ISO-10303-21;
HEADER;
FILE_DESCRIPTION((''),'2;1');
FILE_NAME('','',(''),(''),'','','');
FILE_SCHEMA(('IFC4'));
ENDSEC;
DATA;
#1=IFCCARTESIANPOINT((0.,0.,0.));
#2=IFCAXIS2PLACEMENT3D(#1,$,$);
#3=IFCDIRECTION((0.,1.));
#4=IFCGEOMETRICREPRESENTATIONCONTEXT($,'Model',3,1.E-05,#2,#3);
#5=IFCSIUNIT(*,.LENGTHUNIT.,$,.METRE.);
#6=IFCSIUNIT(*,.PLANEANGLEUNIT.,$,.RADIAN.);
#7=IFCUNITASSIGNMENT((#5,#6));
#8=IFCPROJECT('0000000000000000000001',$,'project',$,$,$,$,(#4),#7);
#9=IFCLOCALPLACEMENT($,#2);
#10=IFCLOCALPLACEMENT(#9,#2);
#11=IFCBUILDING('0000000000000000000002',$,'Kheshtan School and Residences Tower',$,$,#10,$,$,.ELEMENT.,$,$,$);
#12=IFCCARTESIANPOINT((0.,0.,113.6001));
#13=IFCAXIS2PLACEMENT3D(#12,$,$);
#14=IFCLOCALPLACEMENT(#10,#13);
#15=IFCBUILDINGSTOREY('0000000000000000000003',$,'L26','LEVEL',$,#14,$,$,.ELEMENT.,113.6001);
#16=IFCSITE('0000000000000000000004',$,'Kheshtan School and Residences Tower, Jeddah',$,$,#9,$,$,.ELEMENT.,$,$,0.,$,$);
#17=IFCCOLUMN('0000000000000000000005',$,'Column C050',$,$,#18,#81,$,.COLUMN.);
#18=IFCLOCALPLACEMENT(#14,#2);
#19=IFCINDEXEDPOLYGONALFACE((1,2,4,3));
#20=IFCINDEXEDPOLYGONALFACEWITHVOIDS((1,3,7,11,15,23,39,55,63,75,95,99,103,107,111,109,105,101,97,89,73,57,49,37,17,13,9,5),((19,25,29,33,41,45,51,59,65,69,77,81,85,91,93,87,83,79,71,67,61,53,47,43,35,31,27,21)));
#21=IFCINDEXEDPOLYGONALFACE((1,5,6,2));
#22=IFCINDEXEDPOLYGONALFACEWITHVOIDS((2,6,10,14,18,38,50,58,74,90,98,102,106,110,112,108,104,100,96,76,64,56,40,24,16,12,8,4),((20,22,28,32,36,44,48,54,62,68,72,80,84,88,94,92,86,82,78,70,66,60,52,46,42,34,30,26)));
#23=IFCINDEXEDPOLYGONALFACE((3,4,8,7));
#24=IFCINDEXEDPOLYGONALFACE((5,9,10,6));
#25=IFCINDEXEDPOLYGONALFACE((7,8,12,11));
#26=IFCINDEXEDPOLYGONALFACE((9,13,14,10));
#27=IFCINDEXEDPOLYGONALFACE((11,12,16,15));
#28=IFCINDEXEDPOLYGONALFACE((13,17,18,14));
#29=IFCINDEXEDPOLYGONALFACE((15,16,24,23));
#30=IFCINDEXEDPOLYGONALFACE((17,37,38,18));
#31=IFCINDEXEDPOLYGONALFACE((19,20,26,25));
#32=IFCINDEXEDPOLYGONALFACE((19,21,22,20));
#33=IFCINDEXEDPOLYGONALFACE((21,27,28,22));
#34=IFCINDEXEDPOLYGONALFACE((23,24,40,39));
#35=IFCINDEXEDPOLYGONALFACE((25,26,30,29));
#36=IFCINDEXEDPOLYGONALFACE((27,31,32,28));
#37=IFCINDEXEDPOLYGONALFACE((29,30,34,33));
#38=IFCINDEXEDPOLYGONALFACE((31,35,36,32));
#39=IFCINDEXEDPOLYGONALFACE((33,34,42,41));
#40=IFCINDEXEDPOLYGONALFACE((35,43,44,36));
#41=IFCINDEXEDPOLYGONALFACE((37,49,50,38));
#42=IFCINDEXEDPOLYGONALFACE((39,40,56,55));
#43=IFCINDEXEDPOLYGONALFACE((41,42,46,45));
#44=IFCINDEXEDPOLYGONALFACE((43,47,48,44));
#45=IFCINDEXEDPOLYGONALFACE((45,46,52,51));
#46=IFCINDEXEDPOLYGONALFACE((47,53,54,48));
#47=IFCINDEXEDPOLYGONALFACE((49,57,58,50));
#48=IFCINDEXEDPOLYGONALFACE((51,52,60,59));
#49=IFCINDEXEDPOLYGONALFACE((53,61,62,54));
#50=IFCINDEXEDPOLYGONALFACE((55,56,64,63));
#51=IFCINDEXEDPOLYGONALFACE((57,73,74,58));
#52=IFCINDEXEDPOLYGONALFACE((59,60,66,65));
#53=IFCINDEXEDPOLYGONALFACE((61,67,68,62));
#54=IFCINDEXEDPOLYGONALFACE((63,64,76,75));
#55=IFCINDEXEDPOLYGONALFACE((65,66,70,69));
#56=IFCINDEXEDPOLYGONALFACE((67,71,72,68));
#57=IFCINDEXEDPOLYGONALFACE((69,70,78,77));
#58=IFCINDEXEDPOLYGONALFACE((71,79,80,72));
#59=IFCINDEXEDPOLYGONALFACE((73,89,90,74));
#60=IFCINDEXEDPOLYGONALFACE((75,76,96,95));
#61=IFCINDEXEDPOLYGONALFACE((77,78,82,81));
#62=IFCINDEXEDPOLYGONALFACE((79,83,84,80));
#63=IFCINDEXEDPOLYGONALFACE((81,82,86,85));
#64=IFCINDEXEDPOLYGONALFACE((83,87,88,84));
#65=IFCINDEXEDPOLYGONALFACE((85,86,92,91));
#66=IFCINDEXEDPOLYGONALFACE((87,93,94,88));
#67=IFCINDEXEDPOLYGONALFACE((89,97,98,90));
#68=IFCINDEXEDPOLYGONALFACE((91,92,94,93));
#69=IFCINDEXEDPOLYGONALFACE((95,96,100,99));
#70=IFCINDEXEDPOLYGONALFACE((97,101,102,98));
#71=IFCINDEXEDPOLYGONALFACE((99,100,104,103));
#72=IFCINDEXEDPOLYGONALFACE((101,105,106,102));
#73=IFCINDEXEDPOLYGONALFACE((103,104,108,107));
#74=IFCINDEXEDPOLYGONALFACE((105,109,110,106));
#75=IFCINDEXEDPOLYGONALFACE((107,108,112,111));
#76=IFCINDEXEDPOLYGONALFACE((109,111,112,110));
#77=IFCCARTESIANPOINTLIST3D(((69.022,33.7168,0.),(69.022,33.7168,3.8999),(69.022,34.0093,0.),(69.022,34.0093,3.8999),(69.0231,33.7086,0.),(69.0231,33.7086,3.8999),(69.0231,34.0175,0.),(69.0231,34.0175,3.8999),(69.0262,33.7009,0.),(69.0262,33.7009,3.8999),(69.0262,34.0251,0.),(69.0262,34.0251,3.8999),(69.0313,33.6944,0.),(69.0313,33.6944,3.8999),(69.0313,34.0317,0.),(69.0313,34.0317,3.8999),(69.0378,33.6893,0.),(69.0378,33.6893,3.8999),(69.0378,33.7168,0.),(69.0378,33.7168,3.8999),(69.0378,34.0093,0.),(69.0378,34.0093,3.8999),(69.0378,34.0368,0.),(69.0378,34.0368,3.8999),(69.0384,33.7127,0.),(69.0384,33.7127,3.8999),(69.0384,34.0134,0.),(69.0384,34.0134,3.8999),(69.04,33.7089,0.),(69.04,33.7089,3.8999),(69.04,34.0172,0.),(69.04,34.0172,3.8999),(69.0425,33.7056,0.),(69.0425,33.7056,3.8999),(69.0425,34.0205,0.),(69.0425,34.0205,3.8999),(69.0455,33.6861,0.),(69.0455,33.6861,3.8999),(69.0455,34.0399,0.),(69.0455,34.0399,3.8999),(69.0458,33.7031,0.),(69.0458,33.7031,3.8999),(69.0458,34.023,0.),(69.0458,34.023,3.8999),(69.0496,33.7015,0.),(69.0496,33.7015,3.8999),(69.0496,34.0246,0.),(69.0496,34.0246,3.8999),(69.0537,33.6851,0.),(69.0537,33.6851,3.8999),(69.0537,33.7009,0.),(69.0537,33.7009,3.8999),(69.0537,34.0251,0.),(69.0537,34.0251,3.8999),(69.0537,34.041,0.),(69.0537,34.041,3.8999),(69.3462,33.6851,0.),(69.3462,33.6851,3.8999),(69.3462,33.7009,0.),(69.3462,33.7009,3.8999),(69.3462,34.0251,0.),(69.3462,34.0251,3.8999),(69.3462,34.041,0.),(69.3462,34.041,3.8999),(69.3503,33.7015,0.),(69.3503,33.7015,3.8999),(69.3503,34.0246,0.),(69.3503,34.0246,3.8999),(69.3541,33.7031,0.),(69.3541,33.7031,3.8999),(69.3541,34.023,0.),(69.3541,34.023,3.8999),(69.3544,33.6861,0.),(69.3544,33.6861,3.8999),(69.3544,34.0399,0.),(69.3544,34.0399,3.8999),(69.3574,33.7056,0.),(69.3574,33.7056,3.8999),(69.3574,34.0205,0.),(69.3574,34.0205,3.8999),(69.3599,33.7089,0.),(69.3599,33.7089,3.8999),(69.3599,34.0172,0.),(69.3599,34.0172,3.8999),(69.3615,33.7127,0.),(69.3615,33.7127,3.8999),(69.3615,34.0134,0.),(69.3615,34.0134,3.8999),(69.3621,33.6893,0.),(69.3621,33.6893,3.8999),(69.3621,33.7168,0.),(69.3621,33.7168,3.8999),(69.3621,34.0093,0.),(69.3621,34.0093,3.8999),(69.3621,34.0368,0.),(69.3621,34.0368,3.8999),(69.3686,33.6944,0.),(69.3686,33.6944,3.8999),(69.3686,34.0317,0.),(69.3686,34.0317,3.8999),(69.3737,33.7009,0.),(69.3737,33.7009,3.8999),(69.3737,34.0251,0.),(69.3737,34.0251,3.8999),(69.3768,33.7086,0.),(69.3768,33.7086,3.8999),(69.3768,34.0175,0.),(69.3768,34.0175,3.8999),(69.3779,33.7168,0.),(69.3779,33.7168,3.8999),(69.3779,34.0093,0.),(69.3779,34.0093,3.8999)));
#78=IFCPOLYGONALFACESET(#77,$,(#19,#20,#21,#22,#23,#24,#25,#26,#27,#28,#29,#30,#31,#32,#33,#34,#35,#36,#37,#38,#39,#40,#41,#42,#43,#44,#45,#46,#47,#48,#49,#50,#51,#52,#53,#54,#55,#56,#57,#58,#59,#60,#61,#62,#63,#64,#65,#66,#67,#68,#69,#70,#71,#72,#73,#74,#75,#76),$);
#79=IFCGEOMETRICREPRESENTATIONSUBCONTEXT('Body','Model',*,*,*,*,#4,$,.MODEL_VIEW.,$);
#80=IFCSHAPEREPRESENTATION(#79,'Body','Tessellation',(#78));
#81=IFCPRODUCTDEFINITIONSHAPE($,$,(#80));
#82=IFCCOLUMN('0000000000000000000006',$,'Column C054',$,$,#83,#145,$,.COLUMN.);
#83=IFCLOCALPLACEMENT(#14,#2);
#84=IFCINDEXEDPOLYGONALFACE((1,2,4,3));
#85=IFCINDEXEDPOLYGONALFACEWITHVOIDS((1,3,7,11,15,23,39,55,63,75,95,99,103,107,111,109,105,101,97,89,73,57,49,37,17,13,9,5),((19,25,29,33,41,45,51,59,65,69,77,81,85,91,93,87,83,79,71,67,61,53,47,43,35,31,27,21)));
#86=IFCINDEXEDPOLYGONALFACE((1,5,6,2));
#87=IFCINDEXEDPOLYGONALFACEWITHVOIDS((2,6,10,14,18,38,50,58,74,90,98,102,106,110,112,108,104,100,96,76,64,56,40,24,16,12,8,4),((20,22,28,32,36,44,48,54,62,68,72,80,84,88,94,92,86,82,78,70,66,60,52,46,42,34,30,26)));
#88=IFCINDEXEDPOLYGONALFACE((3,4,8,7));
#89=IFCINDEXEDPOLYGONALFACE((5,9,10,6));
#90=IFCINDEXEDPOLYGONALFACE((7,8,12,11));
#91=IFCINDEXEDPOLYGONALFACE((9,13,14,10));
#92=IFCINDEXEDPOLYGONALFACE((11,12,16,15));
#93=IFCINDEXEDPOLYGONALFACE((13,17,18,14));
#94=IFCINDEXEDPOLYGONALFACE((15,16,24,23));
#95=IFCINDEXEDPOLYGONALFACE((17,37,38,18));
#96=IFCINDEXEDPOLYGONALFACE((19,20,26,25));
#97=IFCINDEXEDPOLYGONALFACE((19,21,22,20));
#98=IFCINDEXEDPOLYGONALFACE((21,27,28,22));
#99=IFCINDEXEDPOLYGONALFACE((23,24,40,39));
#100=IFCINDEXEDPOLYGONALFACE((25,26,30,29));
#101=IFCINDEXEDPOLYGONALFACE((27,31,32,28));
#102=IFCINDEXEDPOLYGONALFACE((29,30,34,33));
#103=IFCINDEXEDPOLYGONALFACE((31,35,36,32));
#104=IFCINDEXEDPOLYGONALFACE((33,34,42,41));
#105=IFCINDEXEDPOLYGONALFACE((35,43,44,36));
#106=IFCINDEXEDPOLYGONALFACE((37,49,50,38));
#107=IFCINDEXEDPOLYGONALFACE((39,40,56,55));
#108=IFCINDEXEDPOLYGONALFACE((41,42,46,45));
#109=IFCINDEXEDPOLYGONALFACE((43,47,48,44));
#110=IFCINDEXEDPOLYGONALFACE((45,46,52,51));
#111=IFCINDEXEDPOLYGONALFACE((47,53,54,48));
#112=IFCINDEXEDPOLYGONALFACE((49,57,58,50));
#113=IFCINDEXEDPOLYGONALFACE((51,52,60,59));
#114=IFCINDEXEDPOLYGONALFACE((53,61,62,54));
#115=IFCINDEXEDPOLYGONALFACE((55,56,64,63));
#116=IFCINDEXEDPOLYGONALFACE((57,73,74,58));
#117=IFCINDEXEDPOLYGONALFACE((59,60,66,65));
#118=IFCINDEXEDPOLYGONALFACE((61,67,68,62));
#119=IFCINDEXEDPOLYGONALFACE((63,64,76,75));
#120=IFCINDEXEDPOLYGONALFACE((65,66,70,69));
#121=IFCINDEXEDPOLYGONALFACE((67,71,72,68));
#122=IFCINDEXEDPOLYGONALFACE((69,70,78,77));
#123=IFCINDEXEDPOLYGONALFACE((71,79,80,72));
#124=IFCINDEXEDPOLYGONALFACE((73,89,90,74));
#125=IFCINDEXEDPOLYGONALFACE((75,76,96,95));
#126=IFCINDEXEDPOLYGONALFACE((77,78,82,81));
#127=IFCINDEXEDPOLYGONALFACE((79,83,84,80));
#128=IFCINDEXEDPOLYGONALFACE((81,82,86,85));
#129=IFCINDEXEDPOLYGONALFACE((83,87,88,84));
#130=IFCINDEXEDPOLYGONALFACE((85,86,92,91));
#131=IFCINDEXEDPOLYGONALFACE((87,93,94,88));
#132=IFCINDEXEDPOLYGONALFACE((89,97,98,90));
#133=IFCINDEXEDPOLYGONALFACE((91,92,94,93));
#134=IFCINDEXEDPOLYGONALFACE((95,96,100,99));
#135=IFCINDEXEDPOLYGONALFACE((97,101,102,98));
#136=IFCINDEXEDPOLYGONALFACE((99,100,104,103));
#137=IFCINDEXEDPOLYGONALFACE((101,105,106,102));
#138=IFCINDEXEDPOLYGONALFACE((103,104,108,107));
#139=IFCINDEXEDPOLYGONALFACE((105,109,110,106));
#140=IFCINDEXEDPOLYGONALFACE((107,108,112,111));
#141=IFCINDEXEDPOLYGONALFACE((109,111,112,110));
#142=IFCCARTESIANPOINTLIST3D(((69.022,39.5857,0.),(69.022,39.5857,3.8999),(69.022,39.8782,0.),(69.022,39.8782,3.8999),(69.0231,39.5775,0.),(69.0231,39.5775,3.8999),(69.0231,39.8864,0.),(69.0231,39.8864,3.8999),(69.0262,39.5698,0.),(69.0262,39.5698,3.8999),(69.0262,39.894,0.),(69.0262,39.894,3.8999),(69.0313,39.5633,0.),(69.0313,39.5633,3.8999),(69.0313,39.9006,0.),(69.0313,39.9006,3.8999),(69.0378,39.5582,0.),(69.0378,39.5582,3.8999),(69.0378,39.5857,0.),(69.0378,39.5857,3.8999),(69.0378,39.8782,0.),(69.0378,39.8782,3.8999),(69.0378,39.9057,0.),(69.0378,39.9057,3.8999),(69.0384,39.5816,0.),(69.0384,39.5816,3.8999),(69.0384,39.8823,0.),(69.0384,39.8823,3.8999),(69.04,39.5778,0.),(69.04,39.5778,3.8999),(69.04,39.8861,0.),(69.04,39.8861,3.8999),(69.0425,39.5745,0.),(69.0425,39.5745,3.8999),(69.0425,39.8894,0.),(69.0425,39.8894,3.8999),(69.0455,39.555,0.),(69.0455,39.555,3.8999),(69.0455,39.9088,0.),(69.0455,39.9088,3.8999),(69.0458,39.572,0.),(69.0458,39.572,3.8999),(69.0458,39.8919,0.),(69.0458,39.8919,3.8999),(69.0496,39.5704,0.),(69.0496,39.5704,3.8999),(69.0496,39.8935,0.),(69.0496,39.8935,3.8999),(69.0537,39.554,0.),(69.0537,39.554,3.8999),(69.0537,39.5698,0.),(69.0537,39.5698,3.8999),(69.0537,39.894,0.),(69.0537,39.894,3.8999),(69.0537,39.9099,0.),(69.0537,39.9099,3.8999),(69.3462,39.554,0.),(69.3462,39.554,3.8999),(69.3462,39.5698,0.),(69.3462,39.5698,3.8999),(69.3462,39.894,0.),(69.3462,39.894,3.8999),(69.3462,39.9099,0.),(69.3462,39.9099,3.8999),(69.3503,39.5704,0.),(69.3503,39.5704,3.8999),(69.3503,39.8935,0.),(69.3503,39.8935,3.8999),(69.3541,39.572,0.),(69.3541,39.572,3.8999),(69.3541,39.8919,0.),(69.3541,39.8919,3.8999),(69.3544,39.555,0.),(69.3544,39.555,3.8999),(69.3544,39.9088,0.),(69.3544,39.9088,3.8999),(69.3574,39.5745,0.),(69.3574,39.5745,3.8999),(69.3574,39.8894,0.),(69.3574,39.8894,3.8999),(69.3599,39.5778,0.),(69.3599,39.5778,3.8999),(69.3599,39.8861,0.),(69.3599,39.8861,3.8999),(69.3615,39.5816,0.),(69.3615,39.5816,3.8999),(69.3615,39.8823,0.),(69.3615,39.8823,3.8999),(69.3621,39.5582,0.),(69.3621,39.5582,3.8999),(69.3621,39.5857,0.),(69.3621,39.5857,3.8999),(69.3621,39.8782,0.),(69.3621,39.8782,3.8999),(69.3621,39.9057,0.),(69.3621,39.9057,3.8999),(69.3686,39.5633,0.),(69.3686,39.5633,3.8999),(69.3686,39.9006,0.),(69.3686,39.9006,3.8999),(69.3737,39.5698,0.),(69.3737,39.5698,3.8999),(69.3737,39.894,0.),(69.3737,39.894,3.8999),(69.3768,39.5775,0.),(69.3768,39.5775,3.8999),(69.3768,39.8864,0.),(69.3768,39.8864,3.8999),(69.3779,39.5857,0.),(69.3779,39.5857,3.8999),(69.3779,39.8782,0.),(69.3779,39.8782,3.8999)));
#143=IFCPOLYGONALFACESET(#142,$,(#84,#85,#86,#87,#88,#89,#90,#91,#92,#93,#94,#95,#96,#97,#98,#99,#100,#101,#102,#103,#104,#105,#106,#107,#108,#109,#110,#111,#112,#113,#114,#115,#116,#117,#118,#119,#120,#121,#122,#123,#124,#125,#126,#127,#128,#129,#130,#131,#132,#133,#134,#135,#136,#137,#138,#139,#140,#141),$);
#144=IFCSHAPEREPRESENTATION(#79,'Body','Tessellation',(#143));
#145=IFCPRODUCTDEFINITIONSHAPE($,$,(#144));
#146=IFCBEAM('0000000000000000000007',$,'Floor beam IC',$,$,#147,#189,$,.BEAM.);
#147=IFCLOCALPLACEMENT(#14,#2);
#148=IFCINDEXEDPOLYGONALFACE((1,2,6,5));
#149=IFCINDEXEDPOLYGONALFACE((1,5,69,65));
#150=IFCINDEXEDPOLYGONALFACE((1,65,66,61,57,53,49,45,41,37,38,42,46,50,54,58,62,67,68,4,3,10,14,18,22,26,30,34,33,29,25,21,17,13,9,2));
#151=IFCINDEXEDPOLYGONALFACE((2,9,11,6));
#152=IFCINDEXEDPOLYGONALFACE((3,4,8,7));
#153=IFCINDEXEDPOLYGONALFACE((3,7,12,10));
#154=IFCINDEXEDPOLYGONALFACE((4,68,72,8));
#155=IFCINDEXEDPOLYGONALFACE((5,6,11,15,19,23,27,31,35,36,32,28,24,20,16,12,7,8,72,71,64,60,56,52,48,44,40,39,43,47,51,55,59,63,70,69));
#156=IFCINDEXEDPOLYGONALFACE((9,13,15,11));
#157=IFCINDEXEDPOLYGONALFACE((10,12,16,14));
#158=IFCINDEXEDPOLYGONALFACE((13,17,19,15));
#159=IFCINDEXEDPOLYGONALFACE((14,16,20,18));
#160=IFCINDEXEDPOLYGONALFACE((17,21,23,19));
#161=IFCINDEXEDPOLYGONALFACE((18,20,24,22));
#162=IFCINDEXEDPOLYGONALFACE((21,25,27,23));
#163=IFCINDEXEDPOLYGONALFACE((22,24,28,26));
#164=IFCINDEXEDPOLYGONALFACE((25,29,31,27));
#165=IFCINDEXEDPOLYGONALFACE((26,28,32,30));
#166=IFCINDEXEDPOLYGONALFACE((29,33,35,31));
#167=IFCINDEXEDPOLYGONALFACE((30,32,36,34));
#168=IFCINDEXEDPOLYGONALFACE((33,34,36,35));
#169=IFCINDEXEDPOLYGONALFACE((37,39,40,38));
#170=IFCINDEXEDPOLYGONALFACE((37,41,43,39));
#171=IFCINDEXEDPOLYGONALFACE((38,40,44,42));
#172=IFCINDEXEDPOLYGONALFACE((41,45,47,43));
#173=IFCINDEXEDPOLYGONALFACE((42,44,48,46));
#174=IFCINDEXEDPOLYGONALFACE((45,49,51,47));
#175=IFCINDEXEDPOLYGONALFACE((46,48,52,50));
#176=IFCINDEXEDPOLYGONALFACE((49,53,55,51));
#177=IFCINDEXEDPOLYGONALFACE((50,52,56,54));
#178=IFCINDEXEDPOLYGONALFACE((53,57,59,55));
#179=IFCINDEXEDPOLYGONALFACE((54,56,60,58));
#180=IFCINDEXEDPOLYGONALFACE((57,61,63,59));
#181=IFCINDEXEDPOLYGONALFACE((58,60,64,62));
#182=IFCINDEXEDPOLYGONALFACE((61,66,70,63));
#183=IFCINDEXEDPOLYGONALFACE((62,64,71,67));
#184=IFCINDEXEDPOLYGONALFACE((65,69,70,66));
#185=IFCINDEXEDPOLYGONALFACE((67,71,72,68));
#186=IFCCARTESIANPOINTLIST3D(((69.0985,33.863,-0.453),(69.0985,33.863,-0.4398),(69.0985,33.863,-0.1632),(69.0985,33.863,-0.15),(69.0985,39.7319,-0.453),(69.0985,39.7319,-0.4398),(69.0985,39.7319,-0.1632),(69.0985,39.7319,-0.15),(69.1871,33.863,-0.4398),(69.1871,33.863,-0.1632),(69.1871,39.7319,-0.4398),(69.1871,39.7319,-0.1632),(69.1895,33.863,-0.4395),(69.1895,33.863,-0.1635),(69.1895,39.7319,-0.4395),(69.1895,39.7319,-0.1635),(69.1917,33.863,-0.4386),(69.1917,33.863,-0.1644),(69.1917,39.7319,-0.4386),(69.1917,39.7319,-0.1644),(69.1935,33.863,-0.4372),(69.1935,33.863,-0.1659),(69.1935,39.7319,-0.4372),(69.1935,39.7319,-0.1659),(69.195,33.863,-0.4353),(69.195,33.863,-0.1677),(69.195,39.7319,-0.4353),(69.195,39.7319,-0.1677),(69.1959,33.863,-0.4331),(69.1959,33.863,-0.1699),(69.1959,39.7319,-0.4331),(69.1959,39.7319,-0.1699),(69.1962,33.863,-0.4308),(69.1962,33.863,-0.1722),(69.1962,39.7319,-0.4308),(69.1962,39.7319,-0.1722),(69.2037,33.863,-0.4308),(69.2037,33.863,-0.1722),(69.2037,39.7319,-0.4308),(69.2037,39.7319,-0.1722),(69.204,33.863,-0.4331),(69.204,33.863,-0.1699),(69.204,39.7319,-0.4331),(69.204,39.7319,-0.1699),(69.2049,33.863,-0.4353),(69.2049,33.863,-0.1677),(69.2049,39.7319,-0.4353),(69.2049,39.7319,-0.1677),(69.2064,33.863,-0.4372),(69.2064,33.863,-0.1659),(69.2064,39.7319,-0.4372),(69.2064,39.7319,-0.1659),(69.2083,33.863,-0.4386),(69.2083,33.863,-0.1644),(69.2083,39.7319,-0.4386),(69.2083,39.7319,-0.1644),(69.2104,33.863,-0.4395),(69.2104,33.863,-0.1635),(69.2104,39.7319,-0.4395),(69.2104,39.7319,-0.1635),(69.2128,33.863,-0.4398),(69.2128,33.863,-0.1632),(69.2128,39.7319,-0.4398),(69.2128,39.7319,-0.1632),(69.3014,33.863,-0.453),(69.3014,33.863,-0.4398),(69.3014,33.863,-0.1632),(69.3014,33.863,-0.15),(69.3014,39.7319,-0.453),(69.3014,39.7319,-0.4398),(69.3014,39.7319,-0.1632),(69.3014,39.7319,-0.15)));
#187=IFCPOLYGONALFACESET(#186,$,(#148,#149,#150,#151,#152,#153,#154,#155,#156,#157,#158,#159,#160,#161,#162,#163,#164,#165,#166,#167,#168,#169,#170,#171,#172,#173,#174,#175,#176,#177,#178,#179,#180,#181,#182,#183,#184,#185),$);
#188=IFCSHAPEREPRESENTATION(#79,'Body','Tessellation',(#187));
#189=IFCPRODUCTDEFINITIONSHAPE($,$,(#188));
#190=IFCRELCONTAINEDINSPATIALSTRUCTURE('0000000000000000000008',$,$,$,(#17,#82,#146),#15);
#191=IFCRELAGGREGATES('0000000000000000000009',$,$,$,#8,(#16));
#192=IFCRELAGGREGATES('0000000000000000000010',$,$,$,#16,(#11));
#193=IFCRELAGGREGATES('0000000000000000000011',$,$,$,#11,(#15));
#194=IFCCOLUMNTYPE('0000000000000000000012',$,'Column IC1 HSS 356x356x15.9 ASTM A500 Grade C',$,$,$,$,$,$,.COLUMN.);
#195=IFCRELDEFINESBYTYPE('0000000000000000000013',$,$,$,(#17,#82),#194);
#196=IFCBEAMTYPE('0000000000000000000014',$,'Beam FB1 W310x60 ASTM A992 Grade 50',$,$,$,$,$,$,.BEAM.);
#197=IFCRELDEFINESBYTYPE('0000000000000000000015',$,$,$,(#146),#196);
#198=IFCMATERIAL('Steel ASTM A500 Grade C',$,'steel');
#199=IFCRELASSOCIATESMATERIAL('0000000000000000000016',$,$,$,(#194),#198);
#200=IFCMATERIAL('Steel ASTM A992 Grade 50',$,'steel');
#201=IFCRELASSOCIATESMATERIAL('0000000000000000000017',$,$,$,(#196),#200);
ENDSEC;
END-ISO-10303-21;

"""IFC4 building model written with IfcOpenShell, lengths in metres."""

from ifc_helpers import new_model, si_unit, direction, frame, origin, origin_2d, place, context, subcontext, project, spatial, hollow_rectangle, i_section, extrude, material, material_profile, profile_set, type_object, element, save


model = new_model("IFC4")

# Units and contexts
model_context = context("Model", 3, precision=1e-05, world=origin(), true_north=direction((0.0, 1.0)))
body_context = subcontext(model_context, "Body", "Model", "MODEL_VIEW")
ifc_project = project(units=[si_unit("LENGTHUNIT", "METRE"), si_unit("PLANEANGLEUNIT", "RADIAN")], contexts=[model_context])

# Site, building, storey
site_placement = place(None, origin())
site = spatial("IfcSite", under=ifc_project, at=site_placement, Name="Kheshtan School and Residences Tower, Jeddah", CompositionType="ELEMENT", RefElevation=0.0)
building_placement = place(site_placement, origin())
building = spatial("IfcBuilding", under=site, at=building_placement, Name="Kheshtan School and Residences Tower", CompositionType="ELEMENT")
storey_placement = place(building_placement, frame((0.0, 0.0, 113.6001)))
storey = spatial("IfcBuildingStorey", under=building, at=storey_placement, Name="L26", Description="LEVEL", CompositionType="ELEMENT", Elevation=113.6001)

# Columns
ifc_material_1 = material(Name="Steel ASTM A992 Grade 50", Category="steel")
ifc_material_2 = material(Name="Steel ASTM A500 Grade C", Category="steel")
ifc_material_profile_1 = material_profile(ifc_material_2, hollow_rectangle(XDim=0.356, YDim=0.356, WallThickness=0.0159, InnerFilletRadius=0.0159, OuterFilletRadius=0.0317, at=origin_2d()), Name="HSS 356x356x15.9")
ifc_profile_set_1 = profile_set([ifc_material_profile_1], Name="Steel ASTM A500 Grade C")
column_type_1 = type_object("IfcColumnType", Name="Column IC1 HSS 356x356x15.9 ASTM A500 Grade C", PredefinedType="COLUMN", material=ifc_profile_set_1)
for number, where, z_axis, x_axis, name in (
    (1, (69.2, 33.863, 0.0), (0.0, 0.0, 1.0), (1.0, 0.0, 0.0), "Column C050"),
    (2, (69.2, 39.7319, 0.0), (0.0, 0.0, 1.0), (1.0, 0.0, 0.0), "Column C054"),
):
    element("IfcColumn", number, at=place(storey_placement, frame(where, z_axis=z_axis, x_axis=x_axis)), inside=storey, type_object=column_type_1, Name=name, PredefinedType="COLUMN", context=body_context, shape_type="SweptSolid", body=[
        extrude(hollow_rectangle(XDim=0.356, YDim=0.356, WallThickness=0.0159, InnerFilletRadius=0.0159, OuterFilletRadius=0.0317, at=origin_2d()), origin(), (0.0, 0.0, 1.0), 3.8999),
    ])

# Beam
ifc_material_profile_2 = material_profile(ifc_material_1, i_section(OverallWidth=0.2029, OverallDepth=0.303, WebThickness=0.0076, FlangeThickness=0.0132, FilletRadius=0.009, at=origin_2d()), Name="W310x60")
ifc_profile_set_2 = profile_set([ifc_material_profile_2], Name="Steel ASTM A992 Grade 50")
beam_type_1 = type_object("IfcBeamType", Name="Beam FB1 W310x60 ASTM A992 Grade 50", PredefinedType="BEAM", material=ifc_profile_set_2)
beam_1_placement = place(storey_placement, frame((69.2, 33.863, -0.3015), z_axis=(0.0, 1.0, 0.0), x_axis=(-1.0, 0.0, 0.0)))
element("IfcBeam", 3, at=beam_1_placement, inside=storey, type_object=beam_type_1, Name="Floor beam IC", PredefinedType="BEAM", context=body_context, shape_type="SweptSolid", body=[
    extrude(i_section(OverallWidth=0.2029, OverallDepth=0.303, WebThickness=0.0076, FlangeThickness=0.0132, FilletRadius=0.009, at=origin_2d()), origin(), (0.0, 0.0, 1.0), 5.8689),
])

save(model, "model.ifc")
